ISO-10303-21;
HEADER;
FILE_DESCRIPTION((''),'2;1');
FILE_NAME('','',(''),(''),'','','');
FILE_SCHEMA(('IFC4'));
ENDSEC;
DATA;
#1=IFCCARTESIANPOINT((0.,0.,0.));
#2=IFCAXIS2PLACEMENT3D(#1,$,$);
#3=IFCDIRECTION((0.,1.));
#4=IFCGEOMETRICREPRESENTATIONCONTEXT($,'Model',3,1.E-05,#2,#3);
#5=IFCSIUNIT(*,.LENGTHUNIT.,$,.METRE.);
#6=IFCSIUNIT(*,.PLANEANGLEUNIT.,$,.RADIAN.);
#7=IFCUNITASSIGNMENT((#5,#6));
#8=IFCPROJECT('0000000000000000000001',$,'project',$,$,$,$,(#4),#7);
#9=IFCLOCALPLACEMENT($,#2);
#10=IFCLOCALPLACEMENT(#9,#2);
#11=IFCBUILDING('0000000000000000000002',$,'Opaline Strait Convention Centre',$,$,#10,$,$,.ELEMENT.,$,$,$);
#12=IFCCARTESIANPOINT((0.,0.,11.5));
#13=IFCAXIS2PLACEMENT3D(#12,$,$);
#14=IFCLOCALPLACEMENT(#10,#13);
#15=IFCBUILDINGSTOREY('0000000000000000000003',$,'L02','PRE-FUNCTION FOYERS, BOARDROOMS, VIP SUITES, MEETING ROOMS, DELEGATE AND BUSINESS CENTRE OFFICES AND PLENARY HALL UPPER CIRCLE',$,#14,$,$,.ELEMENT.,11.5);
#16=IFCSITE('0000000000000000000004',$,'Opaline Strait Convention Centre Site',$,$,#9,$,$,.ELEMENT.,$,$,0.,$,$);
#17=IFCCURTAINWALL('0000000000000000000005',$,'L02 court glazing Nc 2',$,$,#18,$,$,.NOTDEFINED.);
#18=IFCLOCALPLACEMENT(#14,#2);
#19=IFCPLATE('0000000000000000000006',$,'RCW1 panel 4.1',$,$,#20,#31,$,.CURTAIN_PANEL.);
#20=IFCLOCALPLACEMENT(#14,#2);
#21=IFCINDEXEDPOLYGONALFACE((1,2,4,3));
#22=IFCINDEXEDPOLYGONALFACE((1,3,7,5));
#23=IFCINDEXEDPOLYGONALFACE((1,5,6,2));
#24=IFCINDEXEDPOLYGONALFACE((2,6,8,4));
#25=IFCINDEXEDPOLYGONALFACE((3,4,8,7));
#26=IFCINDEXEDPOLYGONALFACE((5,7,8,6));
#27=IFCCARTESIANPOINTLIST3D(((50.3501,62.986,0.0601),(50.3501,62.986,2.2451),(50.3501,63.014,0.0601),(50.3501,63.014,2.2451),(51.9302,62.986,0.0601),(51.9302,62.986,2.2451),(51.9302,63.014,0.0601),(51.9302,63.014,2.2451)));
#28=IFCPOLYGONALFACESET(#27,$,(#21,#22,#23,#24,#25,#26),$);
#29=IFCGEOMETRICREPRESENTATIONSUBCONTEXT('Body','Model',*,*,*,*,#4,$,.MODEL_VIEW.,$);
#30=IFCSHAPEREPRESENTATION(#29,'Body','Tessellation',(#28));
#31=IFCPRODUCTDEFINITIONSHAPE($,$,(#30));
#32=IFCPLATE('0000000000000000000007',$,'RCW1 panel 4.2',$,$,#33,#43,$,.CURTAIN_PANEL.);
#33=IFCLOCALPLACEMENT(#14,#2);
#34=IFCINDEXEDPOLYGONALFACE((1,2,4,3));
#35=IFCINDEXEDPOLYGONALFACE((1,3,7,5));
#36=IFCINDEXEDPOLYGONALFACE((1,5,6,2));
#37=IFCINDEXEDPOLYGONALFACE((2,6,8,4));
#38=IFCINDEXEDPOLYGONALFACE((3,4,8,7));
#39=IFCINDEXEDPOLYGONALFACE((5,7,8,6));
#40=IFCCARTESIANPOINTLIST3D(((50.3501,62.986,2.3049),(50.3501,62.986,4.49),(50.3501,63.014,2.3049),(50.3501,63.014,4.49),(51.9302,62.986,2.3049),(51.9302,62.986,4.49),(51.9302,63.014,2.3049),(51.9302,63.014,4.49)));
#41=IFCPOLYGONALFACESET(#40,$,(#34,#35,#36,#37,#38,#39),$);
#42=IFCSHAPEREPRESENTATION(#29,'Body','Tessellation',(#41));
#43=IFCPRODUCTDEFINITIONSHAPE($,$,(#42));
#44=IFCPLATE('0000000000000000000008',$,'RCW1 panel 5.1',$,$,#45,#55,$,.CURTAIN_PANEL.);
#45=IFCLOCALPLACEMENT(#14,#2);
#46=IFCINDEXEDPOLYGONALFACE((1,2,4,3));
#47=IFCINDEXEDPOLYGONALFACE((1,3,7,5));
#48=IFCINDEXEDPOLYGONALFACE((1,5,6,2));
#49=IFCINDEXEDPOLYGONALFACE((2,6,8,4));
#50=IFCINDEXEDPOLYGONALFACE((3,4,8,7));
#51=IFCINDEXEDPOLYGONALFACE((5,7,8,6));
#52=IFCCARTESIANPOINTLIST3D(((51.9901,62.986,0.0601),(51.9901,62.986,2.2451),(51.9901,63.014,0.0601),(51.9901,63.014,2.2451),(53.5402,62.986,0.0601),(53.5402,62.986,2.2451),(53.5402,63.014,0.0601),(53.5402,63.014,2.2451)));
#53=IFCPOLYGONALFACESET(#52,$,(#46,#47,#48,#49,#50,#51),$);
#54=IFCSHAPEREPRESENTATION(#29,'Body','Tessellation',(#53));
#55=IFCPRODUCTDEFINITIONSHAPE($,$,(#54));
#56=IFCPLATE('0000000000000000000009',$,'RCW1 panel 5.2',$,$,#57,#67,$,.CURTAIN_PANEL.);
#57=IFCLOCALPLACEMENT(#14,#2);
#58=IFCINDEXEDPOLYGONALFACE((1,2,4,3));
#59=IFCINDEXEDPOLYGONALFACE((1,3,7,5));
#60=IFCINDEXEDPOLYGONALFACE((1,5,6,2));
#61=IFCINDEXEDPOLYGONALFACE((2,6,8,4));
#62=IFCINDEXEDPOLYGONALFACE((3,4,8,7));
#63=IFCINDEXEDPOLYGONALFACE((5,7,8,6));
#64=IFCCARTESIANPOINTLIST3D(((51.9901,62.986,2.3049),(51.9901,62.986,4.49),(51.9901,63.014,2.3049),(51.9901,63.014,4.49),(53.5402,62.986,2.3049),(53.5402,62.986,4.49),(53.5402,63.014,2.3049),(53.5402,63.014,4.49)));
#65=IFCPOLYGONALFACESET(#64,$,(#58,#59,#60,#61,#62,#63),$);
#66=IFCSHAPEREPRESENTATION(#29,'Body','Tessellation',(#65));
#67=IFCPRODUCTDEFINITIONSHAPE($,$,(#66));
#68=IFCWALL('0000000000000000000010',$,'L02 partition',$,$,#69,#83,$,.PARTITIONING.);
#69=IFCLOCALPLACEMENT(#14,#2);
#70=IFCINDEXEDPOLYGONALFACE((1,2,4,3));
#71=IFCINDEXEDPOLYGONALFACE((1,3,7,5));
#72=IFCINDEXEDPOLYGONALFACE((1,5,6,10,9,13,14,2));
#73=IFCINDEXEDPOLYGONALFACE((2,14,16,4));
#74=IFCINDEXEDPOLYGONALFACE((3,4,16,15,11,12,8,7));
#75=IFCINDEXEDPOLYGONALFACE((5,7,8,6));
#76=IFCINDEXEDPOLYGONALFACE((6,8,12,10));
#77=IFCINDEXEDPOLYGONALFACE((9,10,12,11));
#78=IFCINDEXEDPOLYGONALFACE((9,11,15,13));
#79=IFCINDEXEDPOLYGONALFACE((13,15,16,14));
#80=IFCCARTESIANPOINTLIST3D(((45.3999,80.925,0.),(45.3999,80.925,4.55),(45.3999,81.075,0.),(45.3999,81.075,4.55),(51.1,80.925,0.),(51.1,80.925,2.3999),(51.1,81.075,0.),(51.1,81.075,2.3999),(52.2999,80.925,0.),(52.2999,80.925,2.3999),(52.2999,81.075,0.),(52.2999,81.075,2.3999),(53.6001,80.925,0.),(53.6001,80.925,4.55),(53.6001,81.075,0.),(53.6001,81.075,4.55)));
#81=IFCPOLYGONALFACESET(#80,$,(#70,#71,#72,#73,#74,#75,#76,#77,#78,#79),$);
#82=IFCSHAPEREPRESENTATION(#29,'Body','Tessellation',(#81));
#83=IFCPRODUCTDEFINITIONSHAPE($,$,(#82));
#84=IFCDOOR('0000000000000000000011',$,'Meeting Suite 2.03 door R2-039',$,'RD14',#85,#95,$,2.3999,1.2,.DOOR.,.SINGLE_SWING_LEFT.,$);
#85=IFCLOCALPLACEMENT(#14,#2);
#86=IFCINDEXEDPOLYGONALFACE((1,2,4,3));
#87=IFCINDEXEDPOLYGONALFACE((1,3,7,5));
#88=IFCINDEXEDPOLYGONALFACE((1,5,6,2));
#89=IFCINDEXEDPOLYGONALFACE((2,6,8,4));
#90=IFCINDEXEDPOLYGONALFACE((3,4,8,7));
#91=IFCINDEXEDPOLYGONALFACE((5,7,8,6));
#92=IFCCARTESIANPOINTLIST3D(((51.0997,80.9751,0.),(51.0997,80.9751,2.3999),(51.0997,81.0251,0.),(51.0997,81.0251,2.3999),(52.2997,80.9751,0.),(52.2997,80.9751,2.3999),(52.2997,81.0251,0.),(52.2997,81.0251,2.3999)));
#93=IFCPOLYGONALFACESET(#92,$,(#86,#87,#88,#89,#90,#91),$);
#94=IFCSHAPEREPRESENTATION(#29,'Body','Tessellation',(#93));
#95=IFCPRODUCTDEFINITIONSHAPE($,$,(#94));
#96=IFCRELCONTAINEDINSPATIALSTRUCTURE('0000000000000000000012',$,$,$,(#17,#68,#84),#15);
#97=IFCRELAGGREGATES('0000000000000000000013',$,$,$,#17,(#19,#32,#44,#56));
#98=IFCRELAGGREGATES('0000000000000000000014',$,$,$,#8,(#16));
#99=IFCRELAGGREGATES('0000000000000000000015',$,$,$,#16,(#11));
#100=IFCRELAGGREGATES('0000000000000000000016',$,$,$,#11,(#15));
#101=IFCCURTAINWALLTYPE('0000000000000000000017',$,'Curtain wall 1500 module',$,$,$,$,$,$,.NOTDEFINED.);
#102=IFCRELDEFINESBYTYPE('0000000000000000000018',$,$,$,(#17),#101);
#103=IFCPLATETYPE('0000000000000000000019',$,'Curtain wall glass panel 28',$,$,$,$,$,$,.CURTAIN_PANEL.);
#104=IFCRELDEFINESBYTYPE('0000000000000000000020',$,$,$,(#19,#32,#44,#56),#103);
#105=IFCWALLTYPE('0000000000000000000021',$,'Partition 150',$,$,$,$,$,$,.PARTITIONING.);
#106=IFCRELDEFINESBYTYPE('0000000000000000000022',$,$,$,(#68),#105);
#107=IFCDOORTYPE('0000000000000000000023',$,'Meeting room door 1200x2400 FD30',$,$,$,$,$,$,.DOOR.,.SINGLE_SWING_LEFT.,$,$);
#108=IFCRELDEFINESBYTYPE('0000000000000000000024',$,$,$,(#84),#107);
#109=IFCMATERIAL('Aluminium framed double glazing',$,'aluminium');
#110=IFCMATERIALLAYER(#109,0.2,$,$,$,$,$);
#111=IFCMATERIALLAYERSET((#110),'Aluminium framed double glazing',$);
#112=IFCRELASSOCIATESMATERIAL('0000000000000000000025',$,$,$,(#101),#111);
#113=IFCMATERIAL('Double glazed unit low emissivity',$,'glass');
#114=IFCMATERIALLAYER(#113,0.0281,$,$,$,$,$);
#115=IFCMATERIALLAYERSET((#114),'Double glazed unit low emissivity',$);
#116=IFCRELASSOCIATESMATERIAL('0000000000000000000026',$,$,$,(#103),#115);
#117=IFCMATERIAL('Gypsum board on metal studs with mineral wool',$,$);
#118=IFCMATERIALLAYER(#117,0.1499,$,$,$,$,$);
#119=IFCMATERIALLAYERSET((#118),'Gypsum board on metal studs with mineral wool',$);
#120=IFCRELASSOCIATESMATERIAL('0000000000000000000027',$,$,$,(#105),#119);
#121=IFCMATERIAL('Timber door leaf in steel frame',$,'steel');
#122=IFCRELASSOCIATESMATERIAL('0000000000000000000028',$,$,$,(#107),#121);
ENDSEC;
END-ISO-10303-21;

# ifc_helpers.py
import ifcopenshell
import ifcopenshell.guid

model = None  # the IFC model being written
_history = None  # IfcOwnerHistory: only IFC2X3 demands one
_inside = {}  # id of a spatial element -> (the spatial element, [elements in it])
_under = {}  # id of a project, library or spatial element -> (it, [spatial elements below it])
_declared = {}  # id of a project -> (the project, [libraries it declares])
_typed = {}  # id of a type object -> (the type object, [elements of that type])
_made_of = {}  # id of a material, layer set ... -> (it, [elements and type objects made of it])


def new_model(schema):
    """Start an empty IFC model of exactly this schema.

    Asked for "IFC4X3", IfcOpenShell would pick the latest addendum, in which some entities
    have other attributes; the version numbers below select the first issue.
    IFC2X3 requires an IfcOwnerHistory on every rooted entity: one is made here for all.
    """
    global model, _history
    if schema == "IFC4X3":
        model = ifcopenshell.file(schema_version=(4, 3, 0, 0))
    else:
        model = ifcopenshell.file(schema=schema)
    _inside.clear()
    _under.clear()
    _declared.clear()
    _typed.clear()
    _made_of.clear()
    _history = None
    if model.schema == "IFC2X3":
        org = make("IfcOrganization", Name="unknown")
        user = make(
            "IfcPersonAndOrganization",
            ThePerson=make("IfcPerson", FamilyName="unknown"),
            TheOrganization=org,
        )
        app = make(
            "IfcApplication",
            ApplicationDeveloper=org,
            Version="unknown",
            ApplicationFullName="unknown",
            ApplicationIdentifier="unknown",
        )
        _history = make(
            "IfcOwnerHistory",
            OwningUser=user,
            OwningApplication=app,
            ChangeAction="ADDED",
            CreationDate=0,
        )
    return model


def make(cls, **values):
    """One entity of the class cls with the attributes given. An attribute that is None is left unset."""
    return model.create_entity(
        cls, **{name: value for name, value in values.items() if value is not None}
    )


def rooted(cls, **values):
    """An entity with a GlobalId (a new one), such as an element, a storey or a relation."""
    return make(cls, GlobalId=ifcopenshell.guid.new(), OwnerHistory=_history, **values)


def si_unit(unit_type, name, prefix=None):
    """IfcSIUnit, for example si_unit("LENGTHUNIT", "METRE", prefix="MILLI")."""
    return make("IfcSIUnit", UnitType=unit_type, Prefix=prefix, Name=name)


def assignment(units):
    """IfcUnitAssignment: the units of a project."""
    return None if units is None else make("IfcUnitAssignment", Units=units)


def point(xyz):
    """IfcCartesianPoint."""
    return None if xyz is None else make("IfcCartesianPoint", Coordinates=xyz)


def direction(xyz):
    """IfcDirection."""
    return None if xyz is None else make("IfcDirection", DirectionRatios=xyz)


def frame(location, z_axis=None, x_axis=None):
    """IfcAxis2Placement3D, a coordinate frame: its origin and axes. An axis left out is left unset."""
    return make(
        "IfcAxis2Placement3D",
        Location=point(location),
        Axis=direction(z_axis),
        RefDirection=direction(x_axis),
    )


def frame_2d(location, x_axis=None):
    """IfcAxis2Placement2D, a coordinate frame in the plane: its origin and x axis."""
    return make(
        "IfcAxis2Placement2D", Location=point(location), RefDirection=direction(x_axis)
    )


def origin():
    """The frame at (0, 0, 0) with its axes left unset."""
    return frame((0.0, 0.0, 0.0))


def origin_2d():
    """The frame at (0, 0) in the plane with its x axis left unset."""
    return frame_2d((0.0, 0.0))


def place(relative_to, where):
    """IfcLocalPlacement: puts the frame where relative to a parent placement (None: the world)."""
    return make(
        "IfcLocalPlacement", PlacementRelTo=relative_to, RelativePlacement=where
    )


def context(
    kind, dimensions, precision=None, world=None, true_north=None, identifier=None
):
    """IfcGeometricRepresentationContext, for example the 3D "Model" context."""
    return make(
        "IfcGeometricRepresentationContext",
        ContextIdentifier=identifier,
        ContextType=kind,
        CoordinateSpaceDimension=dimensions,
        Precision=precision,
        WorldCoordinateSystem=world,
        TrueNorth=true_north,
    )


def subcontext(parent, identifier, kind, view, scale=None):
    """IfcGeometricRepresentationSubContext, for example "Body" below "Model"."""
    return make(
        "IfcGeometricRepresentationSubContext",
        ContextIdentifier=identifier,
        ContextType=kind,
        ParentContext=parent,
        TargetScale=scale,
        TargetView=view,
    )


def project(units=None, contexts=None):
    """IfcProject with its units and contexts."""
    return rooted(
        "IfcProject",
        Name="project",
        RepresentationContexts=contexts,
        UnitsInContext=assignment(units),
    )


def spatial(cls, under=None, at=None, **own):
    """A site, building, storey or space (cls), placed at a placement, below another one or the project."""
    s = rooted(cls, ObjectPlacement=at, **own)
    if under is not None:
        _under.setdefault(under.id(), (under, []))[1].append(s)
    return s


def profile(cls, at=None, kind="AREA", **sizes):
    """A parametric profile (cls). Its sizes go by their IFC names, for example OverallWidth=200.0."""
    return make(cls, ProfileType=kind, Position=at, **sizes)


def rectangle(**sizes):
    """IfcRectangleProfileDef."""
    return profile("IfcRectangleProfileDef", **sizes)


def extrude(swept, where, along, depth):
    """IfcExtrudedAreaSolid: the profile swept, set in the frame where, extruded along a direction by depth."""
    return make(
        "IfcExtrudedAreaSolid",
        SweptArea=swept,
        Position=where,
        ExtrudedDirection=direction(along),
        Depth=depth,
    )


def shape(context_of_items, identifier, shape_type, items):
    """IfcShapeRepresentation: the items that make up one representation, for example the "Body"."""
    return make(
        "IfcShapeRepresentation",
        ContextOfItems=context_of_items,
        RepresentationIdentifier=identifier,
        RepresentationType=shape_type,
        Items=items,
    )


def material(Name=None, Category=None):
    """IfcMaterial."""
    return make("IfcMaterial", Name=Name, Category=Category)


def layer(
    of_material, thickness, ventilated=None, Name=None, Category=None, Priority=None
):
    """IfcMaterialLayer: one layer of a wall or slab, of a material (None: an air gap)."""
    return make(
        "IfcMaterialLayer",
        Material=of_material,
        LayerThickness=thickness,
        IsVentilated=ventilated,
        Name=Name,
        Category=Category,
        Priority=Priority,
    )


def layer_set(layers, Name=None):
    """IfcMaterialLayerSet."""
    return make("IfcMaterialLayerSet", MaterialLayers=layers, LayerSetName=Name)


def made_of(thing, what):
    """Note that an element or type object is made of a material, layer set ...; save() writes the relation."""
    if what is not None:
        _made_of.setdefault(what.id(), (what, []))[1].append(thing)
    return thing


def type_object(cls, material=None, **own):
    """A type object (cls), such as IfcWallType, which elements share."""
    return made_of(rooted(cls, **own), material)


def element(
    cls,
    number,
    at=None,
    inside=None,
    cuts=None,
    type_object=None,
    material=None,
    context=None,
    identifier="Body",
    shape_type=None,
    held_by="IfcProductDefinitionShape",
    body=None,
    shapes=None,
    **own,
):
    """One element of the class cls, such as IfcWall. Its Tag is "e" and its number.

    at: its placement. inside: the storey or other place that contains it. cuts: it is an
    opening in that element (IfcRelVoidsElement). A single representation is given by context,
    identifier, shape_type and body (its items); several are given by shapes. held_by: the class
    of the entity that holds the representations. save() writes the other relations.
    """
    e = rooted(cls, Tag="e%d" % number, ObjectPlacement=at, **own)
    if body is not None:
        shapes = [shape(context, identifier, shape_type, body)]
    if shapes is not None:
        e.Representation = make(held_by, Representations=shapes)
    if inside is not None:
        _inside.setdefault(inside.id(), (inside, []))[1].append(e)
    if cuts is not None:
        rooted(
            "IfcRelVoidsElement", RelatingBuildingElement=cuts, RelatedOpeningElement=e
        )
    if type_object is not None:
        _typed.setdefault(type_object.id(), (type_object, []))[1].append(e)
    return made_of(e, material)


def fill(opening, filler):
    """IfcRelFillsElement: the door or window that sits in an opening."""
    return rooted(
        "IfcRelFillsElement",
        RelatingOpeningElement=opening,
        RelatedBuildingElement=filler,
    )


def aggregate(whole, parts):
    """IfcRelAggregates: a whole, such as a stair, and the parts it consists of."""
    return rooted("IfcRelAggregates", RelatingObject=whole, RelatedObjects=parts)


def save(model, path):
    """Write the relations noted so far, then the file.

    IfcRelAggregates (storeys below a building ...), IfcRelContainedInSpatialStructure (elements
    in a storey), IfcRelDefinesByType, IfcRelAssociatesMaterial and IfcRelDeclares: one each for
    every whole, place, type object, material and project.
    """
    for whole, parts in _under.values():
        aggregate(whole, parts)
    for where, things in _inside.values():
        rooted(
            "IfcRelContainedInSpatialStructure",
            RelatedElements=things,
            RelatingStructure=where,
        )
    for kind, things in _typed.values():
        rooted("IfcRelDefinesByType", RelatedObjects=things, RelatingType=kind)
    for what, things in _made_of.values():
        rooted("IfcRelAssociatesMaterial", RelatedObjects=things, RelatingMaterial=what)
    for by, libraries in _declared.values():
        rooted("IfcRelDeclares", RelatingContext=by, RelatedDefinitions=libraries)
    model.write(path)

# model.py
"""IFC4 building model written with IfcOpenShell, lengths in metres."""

from ifc_helpers import new_model, si_unit, direction, frame, frame_2d, origin, origin_2d, place, context, subcontext, project, spatial, rectangle, extrude, material, layer, layer_set, type_object, element, fill, aggregate, save


model = new_model("IFC4")

# Units and contexts
model_context = context("Model", 3, precision=1e-05, world=origin(), true_north=direction((0.0, 1.0)))
body_context = subcontext(model_context, "Body", "Model", "MODEL_VIEW")
ifc_project = project(units=[si_unit("LENGTHUNIT", "METRE"), si_unit("PLANEANGLEUNIT", "RADIAN")], contexts=[model_context])

# Site, building, storey
site_placement = place(None, origin())
site = spatial("IfcSite", under=ifc_project, at=site_placement, Name="Opaline Strait Convention Centre Site", CompositionType="ELEMENT", RefElevation=0.0)
building_placement = place(site_placement, origin())
building = spatial("IfcBuilding", under=site, at=building_placement, Name="Opaline Strait Convention Centre", CompositionType="ELEMENT")
storey_placement = place(building_placement, frame((0.0, 0.0, 11.5)))
storey = spatial("IfcBuildingStorey", under=building, at=storey_placement, Name="L02", Description="PRE-FUNCTION FOYERS, BOARDROOMS, VIP SUITES, MEETING ROOMS, DELEGATE AND BUSINESS CENTRE OFFICES AND PLENARY HALL UPPER CIRCLE", CompositionType="ELEMENT", Elevation=11.5)

# Curtain wall
ifc_material_1 = material(Name="Aluminium framed double glazing", Category="aluminium")
ifc_layer_1 = layer(ifc_material_1, 0.2)
ifc_layer_set_1 = layer_set([ifc_layer_1], Name="Aluminium framed double glazing")
curtain_wall_type = type_object("IfcCurtainWallType", Name="Curtain wall 1500 module", PredefinedType="NOTDEFINED", material=ifc_layer_set_1)
curtain_wall_placement = place(storey_placement, origin())
curtain_wall = element("IfcCurtainWall", 1, at=curtain_wall_placement, inside=storey, type_object=curtain_wall_type, Name="L02 court glazing Nc 2", PredefinedType="NOTDEFINED")

# Plates
ifc_material_2 = material(Name="Double glazed unit low emissivity", Category="glass")
ifc_layer_2 = layer(ifc_material_2, 0.0281)
ifc_layer_set_2 = layer_set([ifc_layer_2], Name="Double glazed unit low emissivity")
plate_type = type_object("IfcPlateType", Name="Curtain wall glass panel 28", PredefinedType="CURTAIN_PANEL", material=ifc_layer_set_2)
plate_1_placement = place(storey_placement, frame((51.1401, 63.0, 0.0601), z_axis=(0.0, 0.0, 1.0), x_axis=(1.0, 0.0, 0.0)))
plate_1 = element("IfcPlate", 2, at=plate_1_placement, type_object=plate_type, Name="RCW1 panel 4.1", PredefinedType="CURTAIN_PANEL", context=body_context, shape_type="SweptSolid", body=[
    extrude(rectangle(XDim=1.5801, YDim=0.0281, at=origin_2d()), origin(), (0.0, 0.0, 1.0), 2.1851),
])
plate_2_placement = place(storey_placement, frame((51.1401, 63.0, 2.3049), z_axis=(0.0, 0.0, 1.0), x_axis=(1.0, 0.0, 0.0)))
plate_2 = element("IfcPlate", 3, at=plate_2_placement, type_object=plate_type, Name="RCW1 panel 4.2", PredefinedType="CURTAIN_PANEL", context=body_context, shape_type="SweptSolid", body=[
    extrude(rectangle(XDim=1.5801, YDim=0.0281, at=origin_2d()), origin(), (0.0, 0.0, 1.0), 2.1851),
])
plate_3_placement = place(storey_placement, frame((52.7651, 63.0, 0.0601), z_axis=(0.0, 0.0, 1.0), x_axis=(1.0, 0.0, 0.0)))
plate_3 = element("IfcPlate", 4, at=plate_3_placement, type_object=plate_type, Name="RCW1 panel 5.1", PredefinedType="CURTAIN_PANEL", context=body_context, shape_type="SweptSolid", body=[
    extrude(rectangle(XDim=1.55, YDim=0.0281, at=origin_2d()), origin(), (0.0, 0.0, 1.0), 2.1851),
])
plate_4_placement = place(storey_placement, frame((52.7651, 63.0, 2.3049), z_axis=(0.0, 0.0, 1.0), x_axis=(1.0, 0.0, 0.0)))
plate_4 = element("IfcPlate", 5, at=plate_4_placement, type_object=plate_type, Name="RCW1 panel 5.2", PredefinedType="CURTAIN_PANEL", context=body_context, shape_type="SweptSolid", body=[
    extrude(rectangle(XDim=1.55, YDim=0.0281, at=origin_2d()), origin(), (0.0, 0.0, 1.0), 2.1851),
])
aggregate(curtain_wall, [plate_1, plate_2, plate_3, plate_4])

# Wall, opening, door
ifc_material_3 = material(Name="Gypsum board on metal studs with mineral wool")
ifc_layer_3 = layer(ifc_material_3, 0.1499)
ifc_layer_set_3 = layer_set([ifc_layer_3], Name="Gypsum board on metal studs with mineral wool")
wall_type = type_object("IfcWallType", Name="Partition 150", PredefinedType="PARTITIONING", material=ifc_layer_set_3)
wall_placement = place(storey_placement, frame((45.3999, 81.0, 0.0), z_axis=(0.0, 0.0, 1.0), x_axis=(1.0, 0.0, 0.0)))
wall = element("IfcWall", 6, at=wall_placement, inside=storey, type_object=wall_type, Name="L02 partition", PredefinedType="PARTITIONING", context=body_context, shape_type="SweptSolid", body=[
    extrude(rectangle(XDim=8.2002, YDim=0.1499, at=frame_2d((4.1001, 0.0))), origin(), (0.0, 0.0, 1.0), 4.55),
])
opening_placement = place(wall_placement, frame((5.7, 0.0, 0.0)))
opening = element("IfcOpeningElement", 7, at=opening_placement, cuts=wall, PredefinedType="OPENING", context=body_context, shape_type="SweptSolid", body=[
    extrude(rectangle(XDim=1.2, YDim=2.3999, at=frame_2d((0.6001, 1.2))), frame((0.0, 0.085, 0.0), z_axis=(0.0, -1.0, 0.0), x_axis=(1.0, 0.0, 0.0)), (0.0, 0.0, 1.0), 0.1699),
])
ifc_material_4 = material(Name="Timber door leaf in steel frame", Category="steel")
door_type = type_object("IfcDoorType", Name="Meeting room door 1200x2400 FD30", OperationType="SINGLE_SWING_LEFT", PredefinedType="DOOR", material=ifc_material_4)
door_placement = place(opening_placement, frame((1.2, 0.0, 0.0), z_axis=(0.0, 0.0, 1.0), x_axis=(-1.0, 0.0, 0.0)))
door = element("IfcDoor", 8, at=door_placement, inside=storey, type_object=door_type, Name="Meeting Suite 2.03 door R2-039", ObjectType="RD14", OperationType="SINGLE_SWING_LEFT", OverallHeight=2.3999, OverallWidth=1.2, PredefinedType="DOOR", context=body_context, shape_type="SweptSolid", body=[
    extrude(rectangle(XDim=1.2, YDim=2.3999, at=frame_2d((0.6001, 1.2))), frame((0.0, 0.0249, 0.0), z_axis=(0.0, -1.0, 0.0), x_axis=(1.0, 0.0, 0.0)), (0.0, 0.0, 1.0), 0.05),
])
fill(opening, door)

save(model, "model.ifc")
